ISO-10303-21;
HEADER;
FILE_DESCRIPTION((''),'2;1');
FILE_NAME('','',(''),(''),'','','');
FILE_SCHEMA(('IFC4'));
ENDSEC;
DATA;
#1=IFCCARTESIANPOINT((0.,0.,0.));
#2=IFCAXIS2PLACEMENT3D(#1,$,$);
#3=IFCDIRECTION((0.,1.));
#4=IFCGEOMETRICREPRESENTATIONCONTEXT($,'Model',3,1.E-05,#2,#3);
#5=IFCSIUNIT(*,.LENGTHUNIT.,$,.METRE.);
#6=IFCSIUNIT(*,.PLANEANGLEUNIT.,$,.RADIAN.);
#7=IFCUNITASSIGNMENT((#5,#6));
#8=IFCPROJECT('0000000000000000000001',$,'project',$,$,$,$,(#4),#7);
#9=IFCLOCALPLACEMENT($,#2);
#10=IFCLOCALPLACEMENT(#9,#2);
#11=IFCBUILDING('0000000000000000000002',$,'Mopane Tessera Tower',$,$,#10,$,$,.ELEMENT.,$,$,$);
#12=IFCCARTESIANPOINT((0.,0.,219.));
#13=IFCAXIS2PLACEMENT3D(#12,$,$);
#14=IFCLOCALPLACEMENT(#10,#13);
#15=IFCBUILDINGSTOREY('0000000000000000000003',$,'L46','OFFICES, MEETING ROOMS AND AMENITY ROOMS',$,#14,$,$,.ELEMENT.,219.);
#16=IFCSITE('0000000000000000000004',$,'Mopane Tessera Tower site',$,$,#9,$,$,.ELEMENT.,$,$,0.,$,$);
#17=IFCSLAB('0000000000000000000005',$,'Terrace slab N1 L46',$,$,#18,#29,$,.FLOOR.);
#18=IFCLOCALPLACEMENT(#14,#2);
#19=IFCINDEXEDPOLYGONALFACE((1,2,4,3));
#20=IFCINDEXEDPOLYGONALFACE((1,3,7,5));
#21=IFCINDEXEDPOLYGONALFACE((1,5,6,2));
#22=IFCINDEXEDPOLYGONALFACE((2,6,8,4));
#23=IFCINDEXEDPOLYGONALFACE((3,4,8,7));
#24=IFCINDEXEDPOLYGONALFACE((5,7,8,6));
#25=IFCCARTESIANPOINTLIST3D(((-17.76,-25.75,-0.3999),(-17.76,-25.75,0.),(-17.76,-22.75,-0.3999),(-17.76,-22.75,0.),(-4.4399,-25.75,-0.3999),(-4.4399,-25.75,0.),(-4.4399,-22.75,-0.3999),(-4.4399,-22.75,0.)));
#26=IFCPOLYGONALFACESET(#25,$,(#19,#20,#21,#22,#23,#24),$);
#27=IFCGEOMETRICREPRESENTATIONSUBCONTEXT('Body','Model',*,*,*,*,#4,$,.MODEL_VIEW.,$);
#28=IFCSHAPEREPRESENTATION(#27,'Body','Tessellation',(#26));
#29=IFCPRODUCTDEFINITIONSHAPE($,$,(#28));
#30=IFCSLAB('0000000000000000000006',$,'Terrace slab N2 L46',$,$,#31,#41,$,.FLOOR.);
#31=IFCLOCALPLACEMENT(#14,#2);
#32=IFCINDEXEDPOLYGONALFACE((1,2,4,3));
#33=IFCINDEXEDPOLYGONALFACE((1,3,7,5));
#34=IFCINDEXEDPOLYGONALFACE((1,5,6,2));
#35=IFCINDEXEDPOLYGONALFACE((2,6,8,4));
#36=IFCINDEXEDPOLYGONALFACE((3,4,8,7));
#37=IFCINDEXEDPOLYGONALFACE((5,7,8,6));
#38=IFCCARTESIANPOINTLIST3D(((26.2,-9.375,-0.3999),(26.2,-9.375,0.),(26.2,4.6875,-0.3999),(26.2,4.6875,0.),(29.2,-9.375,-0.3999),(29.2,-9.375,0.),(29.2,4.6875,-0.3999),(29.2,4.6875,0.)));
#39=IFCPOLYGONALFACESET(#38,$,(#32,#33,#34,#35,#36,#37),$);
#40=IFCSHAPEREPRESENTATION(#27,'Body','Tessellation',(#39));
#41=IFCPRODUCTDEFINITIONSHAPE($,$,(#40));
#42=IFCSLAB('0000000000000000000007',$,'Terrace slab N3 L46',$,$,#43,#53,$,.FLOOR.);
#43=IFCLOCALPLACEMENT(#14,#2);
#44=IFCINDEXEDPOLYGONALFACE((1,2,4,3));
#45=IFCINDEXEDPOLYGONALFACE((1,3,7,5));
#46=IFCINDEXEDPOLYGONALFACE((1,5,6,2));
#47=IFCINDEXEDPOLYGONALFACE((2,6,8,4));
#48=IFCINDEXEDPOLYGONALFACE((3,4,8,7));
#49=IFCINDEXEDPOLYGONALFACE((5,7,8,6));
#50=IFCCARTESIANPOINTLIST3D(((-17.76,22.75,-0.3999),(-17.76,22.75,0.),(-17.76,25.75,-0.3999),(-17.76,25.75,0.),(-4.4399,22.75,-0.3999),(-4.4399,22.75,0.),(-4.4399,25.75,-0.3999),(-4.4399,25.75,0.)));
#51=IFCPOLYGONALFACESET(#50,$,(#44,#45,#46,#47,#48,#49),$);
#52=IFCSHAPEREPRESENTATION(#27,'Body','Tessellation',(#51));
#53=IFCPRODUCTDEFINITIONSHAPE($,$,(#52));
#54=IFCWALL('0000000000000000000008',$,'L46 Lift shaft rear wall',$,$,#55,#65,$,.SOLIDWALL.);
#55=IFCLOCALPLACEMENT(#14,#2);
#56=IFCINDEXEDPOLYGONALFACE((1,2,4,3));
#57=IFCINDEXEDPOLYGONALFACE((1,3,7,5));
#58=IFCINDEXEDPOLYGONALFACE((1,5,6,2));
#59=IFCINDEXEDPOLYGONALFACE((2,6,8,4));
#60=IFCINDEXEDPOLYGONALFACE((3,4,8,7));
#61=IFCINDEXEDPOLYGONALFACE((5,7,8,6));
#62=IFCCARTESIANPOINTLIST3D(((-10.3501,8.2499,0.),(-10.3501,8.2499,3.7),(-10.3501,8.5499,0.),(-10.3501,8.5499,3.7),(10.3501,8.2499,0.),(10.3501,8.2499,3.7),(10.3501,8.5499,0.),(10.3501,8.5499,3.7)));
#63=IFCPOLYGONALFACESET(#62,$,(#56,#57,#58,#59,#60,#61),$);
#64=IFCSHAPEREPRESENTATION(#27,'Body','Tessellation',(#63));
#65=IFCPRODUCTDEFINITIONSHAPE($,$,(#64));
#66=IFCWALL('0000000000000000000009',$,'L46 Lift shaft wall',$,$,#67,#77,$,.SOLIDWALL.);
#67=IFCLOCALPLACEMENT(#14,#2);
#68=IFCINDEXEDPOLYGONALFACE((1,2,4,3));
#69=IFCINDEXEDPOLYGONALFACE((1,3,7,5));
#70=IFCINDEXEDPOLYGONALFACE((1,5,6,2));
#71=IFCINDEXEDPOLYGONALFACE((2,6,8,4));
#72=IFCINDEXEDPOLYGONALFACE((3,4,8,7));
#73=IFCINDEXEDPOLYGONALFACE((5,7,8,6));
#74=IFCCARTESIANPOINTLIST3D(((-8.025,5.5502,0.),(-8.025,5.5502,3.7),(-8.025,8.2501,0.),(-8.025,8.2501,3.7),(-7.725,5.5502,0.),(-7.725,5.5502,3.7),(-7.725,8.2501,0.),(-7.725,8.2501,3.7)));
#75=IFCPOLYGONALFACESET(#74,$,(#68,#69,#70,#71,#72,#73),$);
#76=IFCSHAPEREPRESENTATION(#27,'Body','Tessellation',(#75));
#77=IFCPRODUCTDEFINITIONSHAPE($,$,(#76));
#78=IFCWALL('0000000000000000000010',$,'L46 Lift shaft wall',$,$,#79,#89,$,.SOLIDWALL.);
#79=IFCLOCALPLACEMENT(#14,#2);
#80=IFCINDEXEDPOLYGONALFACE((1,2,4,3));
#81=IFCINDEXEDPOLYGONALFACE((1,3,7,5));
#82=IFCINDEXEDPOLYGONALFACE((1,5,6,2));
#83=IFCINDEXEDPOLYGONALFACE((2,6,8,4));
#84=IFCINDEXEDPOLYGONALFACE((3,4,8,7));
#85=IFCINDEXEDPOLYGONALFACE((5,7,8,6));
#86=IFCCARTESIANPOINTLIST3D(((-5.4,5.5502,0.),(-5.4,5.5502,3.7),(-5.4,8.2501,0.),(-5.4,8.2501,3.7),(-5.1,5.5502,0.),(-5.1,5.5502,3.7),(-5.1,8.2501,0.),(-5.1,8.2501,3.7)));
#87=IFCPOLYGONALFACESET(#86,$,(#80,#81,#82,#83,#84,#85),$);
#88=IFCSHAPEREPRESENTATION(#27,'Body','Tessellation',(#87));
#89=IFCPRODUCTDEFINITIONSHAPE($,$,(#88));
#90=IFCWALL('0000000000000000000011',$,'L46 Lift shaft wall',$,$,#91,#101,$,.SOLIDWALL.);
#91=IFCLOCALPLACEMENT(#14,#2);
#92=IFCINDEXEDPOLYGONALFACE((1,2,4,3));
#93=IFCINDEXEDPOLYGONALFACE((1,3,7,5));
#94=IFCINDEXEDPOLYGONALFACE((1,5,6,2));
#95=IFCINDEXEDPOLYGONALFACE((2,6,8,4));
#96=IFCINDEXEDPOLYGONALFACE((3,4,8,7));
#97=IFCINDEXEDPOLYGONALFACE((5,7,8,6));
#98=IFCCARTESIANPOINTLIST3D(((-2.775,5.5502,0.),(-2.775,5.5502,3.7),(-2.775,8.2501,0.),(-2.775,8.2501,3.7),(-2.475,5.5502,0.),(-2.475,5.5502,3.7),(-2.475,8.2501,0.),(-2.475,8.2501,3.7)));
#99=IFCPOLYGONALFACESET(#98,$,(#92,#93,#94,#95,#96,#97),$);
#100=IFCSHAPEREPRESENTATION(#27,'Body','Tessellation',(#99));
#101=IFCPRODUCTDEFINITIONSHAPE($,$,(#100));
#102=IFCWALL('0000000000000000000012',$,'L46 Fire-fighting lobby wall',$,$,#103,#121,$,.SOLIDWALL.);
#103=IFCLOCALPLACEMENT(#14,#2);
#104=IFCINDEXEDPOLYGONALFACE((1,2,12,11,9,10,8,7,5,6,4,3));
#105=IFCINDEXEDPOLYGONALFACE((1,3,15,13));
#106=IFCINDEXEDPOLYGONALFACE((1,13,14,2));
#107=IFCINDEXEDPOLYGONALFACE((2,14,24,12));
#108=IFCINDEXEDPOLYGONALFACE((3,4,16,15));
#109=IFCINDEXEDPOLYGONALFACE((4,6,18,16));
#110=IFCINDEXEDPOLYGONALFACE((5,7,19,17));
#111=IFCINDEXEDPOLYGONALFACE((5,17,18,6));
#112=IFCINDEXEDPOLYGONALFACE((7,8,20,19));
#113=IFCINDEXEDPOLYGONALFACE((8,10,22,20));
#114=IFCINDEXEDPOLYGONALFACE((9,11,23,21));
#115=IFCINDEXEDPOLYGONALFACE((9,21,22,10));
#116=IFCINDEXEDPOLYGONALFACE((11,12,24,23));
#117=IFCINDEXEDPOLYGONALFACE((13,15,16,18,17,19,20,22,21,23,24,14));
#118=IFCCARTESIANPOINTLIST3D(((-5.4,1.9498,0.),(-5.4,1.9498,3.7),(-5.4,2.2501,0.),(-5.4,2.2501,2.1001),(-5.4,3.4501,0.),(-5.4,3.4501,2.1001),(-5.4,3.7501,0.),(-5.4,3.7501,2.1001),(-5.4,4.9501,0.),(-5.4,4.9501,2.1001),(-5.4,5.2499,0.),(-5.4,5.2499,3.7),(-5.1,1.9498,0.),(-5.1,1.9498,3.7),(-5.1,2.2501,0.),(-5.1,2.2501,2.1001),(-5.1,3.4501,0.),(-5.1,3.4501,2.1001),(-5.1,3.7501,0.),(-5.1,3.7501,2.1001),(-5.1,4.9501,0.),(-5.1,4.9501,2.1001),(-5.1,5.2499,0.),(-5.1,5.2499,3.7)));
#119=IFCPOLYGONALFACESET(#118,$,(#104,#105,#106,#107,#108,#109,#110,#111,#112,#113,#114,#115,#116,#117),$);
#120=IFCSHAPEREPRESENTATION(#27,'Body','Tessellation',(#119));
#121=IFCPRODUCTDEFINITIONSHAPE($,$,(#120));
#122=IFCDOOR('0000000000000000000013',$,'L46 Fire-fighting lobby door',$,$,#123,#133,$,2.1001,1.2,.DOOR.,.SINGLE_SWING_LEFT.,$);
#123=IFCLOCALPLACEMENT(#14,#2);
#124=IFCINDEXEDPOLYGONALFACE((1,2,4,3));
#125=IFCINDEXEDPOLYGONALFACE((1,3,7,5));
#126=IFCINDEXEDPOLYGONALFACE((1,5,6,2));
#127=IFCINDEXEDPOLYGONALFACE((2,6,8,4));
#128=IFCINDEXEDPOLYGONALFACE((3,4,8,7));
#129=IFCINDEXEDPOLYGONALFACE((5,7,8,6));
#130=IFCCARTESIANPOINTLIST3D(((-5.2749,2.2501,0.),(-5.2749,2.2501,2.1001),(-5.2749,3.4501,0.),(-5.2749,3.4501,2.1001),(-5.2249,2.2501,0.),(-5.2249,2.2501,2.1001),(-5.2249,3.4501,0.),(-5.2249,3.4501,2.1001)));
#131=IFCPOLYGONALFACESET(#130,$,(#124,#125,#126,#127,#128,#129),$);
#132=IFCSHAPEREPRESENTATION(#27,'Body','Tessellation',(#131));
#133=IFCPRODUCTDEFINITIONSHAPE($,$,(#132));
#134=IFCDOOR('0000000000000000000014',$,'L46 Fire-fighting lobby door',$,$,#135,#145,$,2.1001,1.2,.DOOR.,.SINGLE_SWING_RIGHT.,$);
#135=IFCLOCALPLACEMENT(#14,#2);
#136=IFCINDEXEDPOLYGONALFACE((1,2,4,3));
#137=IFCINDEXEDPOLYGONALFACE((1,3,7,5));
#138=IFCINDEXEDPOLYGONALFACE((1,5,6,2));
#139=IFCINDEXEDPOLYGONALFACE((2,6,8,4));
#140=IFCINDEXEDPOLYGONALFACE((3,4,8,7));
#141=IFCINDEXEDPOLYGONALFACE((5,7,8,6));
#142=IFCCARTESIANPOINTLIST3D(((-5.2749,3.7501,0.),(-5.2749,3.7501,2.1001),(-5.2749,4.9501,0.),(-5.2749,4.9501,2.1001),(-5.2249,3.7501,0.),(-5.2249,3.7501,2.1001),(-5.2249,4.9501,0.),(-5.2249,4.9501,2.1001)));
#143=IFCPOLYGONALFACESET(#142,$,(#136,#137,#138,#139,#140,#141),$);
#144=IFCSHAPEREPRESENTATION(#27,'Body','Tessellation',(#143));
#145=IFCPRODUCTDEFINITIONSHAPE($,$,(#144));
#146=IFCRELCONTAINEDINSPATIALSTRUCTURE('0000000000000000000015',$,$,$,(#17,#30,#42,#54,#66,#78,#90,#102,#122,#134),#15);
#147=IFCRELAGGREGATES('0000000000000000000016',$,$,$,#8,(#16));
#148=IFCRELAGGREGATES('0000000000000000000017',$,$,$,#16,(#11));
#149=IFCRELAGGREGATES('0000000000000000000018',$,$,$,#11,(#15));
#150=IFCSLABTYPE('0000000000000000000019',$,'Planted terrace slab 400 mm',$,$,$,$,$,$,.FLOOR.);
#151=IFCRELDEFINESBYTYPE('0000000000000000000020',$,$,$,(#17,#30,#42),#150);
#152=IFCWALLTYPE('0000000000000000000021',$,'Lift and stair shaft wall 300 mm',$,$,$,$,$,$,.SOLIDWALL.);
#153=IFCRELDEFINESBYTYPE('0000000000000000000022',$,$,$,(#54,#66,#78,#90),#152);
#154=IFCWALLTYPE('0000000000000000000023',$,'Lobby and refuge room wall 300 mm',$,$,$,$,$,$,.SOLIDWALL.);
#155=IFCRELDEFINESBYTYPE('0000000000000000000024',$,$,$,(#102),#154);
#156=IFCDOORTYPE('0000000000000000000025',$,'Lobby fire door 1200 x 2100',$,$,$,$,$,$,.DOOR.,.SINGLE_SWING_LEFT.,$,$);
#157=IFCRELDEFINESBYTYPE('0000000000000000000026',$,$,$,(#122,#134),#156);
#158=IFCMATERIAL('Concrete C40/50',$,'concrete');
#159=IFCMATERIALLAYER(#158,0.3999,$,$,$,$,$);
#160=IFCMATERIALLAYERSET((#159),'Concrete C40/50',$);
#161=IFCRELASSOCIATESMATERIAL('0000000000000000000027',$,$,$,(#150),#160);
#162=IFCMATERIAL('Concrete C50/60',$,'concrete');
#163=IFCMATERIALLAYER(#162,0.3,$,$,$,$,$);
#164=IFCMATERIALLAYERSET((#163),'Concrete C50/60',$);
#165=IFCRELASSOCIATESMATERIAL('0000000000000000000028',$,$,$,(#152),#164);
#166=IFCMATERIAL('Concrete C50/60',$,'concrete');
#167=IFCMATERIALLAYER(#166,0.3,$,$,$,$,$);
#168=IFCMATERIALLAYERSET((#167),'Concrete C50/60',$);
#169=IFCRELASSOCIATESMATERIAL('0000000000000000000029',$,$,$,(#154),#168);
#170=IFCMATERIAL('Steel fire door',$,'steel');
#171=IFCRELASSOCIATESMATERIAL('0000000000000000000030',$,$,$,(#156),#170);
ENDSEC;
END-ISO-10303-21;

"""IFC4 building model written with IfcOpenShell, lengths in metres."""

from ifc_helpers import new_model, si_unit, direction, frame, frame_2d, origin, place, context, subcontext, project, spatial, polyline, rectangle, outline, extrude, material, layer, layer_set, type_object, element, fill, save


model = new_model("IFC4")

# Units and contexts
model_context = context("Model", 3, precision=1e-05, world=origin(), true_north=direction((0.0, 1.0)))
body_context = subcontext(model_context, "Body", "Model", "MODEL_VIEW")
ifc_project = project(units=[si_unit("LENGTHUNIT", "METRE"), si_unit("PLANEANGLEUNIT", "RADIAN")], contexts=[model_context])

# Site, building, storey
site_placement = place(None, origin())
site = spatial("IfcSite", under=ifc_project, at=site_placement, Name="Mopane Tessera Tower site", CompositionType="ELEMENT", RefElevation=0.0)
building_placement = place(site_placement, origin())
building = spatial("IfcBuilding", under=site, at=building_placement, Name="Mopane Tessera Tower", CompositionType="ELEMENT")
storey_placement = place(building_placement, frame((0.0, 0.0, 219.0)))
storey = spatial("IfcBuildingStorey", under=building, at=storey_placement, Name="L46", Description="OFFICES, MEETING ROOMS AND AMENITY ROOMS", CompositionType="ELEMENT", Elevation=219.0)

# Slabs
ifc_material_1 = material(Name="Concrete C40/50", Category="concrete")
ifc_layer_1 = layer(ifc_material_1, 0.3999)
ifc_layer_set_1 = layer_set([ifc_layer_1], Name="Concrete C40/50")
slab_type = type_object("IfcSlabType", Name="Planted terrace slab 400 mm", PredefinedType="FLOOR", material=ifc_layer_set_1)
slab_1_placement = place(storey_placement, frame((0.0, 0.0, -0.3999)))
element("IfcSlab", 1, at=slab_1_placement, inside=storey, type_object=slab_type, Name="Terrace slab N1 L46", PredefinedType="FLOOR", context=body_context, shape_type="SweptSolid", body=[
    extrude(outline(polyline([(-4.4399, -25.75), (-4.4399, -22.75), (-17.76, -22.75), (-17.76, -25.75), (-4.4399, -25.75)])), origin(), (0.0, 0.0, 1.0), 0.3999),
])
slab_2_placement = place(storey_placement, frame((0.0, 0.0, -0.3999)))
element("IfcSlab", 2, at=slab_2_placement, inside=storey, type_object=slab_type, Name="Terrace slab N2 L46", PredefinedType="FLOOR", context=body_context, shape_type="SweptSolid", body=[
    extrude(outline(polyline([(29.2, 4.6875), (26.2, 4.6875), (26.2, -9.375), (29.2, -9.375), (29.2, 4.6875)])), origin(), (0.0, 0.0, 1.0), 0.3999),
])
slab_3_placement = place(storey_placement, frame((0.0, 0.0, -0.3999)))
element("IfcSlab", 3, at=slab_3_placement, inside=storey, type_object=slab_type, Name="Terrace slab N3 L46", PredefinedType="FLOOR", context=body_context, shape_type="SweptSolid", body=[
    extrude(outline(polyline([(-17.76, 25.75), (-17.76, 22.75), (-4.4399, 22.75), (-4.4399, 25.75), (-17.76, 25.75)])), origin(), (0.0, 0.0, 1.0), 0.3999),
])

# Walls
ifc_material_2 = material(Name="Concrete C50/60", Category="concrete")
ifc_layer_2 = layer(ifc_material_2, 0.3)
ifc_layer_set_2 = layer_set([ifc_layer_2], Name="Concrete C50/60")
wall_type_1 = type_object("IfcWallType", Name="Lift and stair shaft wall 300 mm", PredefinedType="SOLIDWALL", material=ifc_layer_set_2)
wall_1_placement = place(storey_placement, frame((-10.3501, 8.3999, 0.0), z_axis=(0.0, 0.0, 1.0), x_axis=(1.0, 0.0, 0.0)))
element("IfcWall", 4, at=wall_1_placement, inside=storey, type_object=wall_type_1, Name="L46 Lift shaft rear wall", PredefinedType="SOLIDWALL", context=body_context, shape_type="SweptSolid", body=[
    extrude(rectangle(XDim=20.7002, YDim=0.3, at=frame_2d((10.3501, 0.0))), origin(), (0.0, 0.0, 1.0), 3.7),
])
for number, where, z_axis, x_axis, name in (
    (5, (-7.875, 5.55, 0.0), (0.0, 0.0, 1.0), (0.0, 1.0, 0.0), "L46 Lift shaft wall"),
    (6, (-5.25, 5.55, 0.0), (0.0, 0.0, 1.0), (0.0, 1.0, 0.0), "L46 Lift shaft wall"),
    (7, (-2.625, 5.55, 0.0), (0.0, 0.0, 1.0), (0.0, 1.0, 0.0), "L46 Lift shaft wall"),
):
    element("IfcWall", number, at=place(storey_placement, frame(where, z_axis=z_axis, x_axis=x_axis)), inside=storey, type_object=wall_type_1, Name=name, PredefinedType="SOLIDWALL", context=body_context, shape_type="SweptSolid", body=[
        extrude(rectangle(XDim=2.7, YDim=0.3, at=frame_2d((1.3501, 0.0))), origin(), (0.0, 0.0, 1.0), 3.7),
    ])

# Wall, openings, doors
ifc_material_3 = material(Name="Concrete C50/60", Category="concrete")
ifc_layer_3 = layer(ifc_material_3, 0.3)
ifc_layer_set_3 = layer_set([ifc_layer_3], Name="Concrete C50/60")
wall_type_2 = type_object("IfcWallType", Name="Lobby and refuge room wall 300 mm", PredefinedType="SOLIDWALL", material=ifc_layer_set_3)
wall_2_placement = place(storey_placement, frame((-5.25, 1.95, 0.0), z_axis=(0.0, 0.0, 1.0), x_axis=(0.0, 1.0, 0.0)))
wall_2 = element("IfcWall", 8, at=wall_2_placement, inside=storey, type_object=wall_type_2, Name="L46 Fire-fighting lobby wall", PredefinedType="SOLIDWALL", context=body_context, shape_type="SweptSolid", body=[
    extrude(rectangle(XDim=3.3, YDim=0.3, at=frame_2d((1.6499, 0.0))), origin(), (0.0, 0.0, 1.0), 3.7),
])
opening_1_placement = place(wall_2_placement, frame((0.3, 0.0, 0.0)))
opening_1 = element("IfcOpeningElement", 9, at=opening_1_placement, cuts=wall_2, PredefinedType="OPENING", context=body_context, shape_type="SweptSolid", body=[
    extrude(rectangle(XDim=1.2, YDim=2.1001, at=frame_2d((0.6001, 1.05))), frame((0.0, 0.1621, 0.0), z_axis=(0.0, -1.0, 0.0), x_axis=(1.0, 0.0, 0.0)), (0.0, 0.0, 1.0), 0.324),
])
opening_2_placement = place(wall_2_placement, frame((1.8, 0.0, 0.0)))
opening_2 = element("IfcOpeningElement", 10, at=opening_2_placement, cuts=wall_2, PredefinedType="OPENING", context=body_context, shape_type="SweptSolid", body=[
    extrude(rectangle(XDim=1.2, YDim=2.1001, at=frame_2d((0.6001, 1.05))), frame((0.0, 0.1621, 0.0), z_axis=(0.0, -1.0, 0.0), x_axis=(1.0, 0.0, 0.0)), (0.0, 0.0, 1.0), 0.324),
])
ifc_material_4 = material(Name="Steel fire door", Category="steel")
door_type = type_object("IfcDoorType", Name="Lobby fire door 1200 x 2100", OperationType="SINGLE_SWING_LEFT", PredefinedType="DOOR", material=ifc_material_4)
door_1_placement = place(opening_1_placement, origin())
door_1 = element("IfcDoor", 11, at=door_1_placement, inside=storey, type_object=door_type, Name="L46 Fire-fighting lobby door", OperationType="SINGLE_SWING_LEFT", OverallHeight=2.1001, OverallWidth=1.2, PredefinedType="DOOR", context=body_context, shape_type="SweptSolid", body=[
    extrude(rectangle(XDim=1.2, YDim=2.1001, at=frame_2d((0.6001, 1.05))), frame((0.0, 0.0249, 0.0), z_axis=(0.0, -1.0, 0.0), x_axis=(1.0, 0.0, 0.0)), (0.0, 0.0, 1.0), 0.05),
])
fill(opening_1, door_1)
door_2_placement = place(opening_2_placement, origin())
door_2 = element("IfcDoor", 12, at=door_2_placement, inside=storey, type_object=door_type, Name="L46 Fire-fighting lobby door", OperationType="SINGLE_SWING_RIGHT", OverallHeight=2.1001, OverallWidth=1.2, PredefinedType="DOOR", context=body_context, shape_type="SweptSolid", body=[
    extrude(rectangle(XDim=1.2, YDim=2.1001, at=frame_2d((0.6001, 1.05))), frame((0.0, 0.0249, 0.0), z_axis=(0.0, -1.0, 0.0), x_axis=(1.0, 0.0, 0.0)), (0.0, 0.0, 1.0), 0.05),
])
fill(opening_2, door_2)

save(model, "model.ifc")
